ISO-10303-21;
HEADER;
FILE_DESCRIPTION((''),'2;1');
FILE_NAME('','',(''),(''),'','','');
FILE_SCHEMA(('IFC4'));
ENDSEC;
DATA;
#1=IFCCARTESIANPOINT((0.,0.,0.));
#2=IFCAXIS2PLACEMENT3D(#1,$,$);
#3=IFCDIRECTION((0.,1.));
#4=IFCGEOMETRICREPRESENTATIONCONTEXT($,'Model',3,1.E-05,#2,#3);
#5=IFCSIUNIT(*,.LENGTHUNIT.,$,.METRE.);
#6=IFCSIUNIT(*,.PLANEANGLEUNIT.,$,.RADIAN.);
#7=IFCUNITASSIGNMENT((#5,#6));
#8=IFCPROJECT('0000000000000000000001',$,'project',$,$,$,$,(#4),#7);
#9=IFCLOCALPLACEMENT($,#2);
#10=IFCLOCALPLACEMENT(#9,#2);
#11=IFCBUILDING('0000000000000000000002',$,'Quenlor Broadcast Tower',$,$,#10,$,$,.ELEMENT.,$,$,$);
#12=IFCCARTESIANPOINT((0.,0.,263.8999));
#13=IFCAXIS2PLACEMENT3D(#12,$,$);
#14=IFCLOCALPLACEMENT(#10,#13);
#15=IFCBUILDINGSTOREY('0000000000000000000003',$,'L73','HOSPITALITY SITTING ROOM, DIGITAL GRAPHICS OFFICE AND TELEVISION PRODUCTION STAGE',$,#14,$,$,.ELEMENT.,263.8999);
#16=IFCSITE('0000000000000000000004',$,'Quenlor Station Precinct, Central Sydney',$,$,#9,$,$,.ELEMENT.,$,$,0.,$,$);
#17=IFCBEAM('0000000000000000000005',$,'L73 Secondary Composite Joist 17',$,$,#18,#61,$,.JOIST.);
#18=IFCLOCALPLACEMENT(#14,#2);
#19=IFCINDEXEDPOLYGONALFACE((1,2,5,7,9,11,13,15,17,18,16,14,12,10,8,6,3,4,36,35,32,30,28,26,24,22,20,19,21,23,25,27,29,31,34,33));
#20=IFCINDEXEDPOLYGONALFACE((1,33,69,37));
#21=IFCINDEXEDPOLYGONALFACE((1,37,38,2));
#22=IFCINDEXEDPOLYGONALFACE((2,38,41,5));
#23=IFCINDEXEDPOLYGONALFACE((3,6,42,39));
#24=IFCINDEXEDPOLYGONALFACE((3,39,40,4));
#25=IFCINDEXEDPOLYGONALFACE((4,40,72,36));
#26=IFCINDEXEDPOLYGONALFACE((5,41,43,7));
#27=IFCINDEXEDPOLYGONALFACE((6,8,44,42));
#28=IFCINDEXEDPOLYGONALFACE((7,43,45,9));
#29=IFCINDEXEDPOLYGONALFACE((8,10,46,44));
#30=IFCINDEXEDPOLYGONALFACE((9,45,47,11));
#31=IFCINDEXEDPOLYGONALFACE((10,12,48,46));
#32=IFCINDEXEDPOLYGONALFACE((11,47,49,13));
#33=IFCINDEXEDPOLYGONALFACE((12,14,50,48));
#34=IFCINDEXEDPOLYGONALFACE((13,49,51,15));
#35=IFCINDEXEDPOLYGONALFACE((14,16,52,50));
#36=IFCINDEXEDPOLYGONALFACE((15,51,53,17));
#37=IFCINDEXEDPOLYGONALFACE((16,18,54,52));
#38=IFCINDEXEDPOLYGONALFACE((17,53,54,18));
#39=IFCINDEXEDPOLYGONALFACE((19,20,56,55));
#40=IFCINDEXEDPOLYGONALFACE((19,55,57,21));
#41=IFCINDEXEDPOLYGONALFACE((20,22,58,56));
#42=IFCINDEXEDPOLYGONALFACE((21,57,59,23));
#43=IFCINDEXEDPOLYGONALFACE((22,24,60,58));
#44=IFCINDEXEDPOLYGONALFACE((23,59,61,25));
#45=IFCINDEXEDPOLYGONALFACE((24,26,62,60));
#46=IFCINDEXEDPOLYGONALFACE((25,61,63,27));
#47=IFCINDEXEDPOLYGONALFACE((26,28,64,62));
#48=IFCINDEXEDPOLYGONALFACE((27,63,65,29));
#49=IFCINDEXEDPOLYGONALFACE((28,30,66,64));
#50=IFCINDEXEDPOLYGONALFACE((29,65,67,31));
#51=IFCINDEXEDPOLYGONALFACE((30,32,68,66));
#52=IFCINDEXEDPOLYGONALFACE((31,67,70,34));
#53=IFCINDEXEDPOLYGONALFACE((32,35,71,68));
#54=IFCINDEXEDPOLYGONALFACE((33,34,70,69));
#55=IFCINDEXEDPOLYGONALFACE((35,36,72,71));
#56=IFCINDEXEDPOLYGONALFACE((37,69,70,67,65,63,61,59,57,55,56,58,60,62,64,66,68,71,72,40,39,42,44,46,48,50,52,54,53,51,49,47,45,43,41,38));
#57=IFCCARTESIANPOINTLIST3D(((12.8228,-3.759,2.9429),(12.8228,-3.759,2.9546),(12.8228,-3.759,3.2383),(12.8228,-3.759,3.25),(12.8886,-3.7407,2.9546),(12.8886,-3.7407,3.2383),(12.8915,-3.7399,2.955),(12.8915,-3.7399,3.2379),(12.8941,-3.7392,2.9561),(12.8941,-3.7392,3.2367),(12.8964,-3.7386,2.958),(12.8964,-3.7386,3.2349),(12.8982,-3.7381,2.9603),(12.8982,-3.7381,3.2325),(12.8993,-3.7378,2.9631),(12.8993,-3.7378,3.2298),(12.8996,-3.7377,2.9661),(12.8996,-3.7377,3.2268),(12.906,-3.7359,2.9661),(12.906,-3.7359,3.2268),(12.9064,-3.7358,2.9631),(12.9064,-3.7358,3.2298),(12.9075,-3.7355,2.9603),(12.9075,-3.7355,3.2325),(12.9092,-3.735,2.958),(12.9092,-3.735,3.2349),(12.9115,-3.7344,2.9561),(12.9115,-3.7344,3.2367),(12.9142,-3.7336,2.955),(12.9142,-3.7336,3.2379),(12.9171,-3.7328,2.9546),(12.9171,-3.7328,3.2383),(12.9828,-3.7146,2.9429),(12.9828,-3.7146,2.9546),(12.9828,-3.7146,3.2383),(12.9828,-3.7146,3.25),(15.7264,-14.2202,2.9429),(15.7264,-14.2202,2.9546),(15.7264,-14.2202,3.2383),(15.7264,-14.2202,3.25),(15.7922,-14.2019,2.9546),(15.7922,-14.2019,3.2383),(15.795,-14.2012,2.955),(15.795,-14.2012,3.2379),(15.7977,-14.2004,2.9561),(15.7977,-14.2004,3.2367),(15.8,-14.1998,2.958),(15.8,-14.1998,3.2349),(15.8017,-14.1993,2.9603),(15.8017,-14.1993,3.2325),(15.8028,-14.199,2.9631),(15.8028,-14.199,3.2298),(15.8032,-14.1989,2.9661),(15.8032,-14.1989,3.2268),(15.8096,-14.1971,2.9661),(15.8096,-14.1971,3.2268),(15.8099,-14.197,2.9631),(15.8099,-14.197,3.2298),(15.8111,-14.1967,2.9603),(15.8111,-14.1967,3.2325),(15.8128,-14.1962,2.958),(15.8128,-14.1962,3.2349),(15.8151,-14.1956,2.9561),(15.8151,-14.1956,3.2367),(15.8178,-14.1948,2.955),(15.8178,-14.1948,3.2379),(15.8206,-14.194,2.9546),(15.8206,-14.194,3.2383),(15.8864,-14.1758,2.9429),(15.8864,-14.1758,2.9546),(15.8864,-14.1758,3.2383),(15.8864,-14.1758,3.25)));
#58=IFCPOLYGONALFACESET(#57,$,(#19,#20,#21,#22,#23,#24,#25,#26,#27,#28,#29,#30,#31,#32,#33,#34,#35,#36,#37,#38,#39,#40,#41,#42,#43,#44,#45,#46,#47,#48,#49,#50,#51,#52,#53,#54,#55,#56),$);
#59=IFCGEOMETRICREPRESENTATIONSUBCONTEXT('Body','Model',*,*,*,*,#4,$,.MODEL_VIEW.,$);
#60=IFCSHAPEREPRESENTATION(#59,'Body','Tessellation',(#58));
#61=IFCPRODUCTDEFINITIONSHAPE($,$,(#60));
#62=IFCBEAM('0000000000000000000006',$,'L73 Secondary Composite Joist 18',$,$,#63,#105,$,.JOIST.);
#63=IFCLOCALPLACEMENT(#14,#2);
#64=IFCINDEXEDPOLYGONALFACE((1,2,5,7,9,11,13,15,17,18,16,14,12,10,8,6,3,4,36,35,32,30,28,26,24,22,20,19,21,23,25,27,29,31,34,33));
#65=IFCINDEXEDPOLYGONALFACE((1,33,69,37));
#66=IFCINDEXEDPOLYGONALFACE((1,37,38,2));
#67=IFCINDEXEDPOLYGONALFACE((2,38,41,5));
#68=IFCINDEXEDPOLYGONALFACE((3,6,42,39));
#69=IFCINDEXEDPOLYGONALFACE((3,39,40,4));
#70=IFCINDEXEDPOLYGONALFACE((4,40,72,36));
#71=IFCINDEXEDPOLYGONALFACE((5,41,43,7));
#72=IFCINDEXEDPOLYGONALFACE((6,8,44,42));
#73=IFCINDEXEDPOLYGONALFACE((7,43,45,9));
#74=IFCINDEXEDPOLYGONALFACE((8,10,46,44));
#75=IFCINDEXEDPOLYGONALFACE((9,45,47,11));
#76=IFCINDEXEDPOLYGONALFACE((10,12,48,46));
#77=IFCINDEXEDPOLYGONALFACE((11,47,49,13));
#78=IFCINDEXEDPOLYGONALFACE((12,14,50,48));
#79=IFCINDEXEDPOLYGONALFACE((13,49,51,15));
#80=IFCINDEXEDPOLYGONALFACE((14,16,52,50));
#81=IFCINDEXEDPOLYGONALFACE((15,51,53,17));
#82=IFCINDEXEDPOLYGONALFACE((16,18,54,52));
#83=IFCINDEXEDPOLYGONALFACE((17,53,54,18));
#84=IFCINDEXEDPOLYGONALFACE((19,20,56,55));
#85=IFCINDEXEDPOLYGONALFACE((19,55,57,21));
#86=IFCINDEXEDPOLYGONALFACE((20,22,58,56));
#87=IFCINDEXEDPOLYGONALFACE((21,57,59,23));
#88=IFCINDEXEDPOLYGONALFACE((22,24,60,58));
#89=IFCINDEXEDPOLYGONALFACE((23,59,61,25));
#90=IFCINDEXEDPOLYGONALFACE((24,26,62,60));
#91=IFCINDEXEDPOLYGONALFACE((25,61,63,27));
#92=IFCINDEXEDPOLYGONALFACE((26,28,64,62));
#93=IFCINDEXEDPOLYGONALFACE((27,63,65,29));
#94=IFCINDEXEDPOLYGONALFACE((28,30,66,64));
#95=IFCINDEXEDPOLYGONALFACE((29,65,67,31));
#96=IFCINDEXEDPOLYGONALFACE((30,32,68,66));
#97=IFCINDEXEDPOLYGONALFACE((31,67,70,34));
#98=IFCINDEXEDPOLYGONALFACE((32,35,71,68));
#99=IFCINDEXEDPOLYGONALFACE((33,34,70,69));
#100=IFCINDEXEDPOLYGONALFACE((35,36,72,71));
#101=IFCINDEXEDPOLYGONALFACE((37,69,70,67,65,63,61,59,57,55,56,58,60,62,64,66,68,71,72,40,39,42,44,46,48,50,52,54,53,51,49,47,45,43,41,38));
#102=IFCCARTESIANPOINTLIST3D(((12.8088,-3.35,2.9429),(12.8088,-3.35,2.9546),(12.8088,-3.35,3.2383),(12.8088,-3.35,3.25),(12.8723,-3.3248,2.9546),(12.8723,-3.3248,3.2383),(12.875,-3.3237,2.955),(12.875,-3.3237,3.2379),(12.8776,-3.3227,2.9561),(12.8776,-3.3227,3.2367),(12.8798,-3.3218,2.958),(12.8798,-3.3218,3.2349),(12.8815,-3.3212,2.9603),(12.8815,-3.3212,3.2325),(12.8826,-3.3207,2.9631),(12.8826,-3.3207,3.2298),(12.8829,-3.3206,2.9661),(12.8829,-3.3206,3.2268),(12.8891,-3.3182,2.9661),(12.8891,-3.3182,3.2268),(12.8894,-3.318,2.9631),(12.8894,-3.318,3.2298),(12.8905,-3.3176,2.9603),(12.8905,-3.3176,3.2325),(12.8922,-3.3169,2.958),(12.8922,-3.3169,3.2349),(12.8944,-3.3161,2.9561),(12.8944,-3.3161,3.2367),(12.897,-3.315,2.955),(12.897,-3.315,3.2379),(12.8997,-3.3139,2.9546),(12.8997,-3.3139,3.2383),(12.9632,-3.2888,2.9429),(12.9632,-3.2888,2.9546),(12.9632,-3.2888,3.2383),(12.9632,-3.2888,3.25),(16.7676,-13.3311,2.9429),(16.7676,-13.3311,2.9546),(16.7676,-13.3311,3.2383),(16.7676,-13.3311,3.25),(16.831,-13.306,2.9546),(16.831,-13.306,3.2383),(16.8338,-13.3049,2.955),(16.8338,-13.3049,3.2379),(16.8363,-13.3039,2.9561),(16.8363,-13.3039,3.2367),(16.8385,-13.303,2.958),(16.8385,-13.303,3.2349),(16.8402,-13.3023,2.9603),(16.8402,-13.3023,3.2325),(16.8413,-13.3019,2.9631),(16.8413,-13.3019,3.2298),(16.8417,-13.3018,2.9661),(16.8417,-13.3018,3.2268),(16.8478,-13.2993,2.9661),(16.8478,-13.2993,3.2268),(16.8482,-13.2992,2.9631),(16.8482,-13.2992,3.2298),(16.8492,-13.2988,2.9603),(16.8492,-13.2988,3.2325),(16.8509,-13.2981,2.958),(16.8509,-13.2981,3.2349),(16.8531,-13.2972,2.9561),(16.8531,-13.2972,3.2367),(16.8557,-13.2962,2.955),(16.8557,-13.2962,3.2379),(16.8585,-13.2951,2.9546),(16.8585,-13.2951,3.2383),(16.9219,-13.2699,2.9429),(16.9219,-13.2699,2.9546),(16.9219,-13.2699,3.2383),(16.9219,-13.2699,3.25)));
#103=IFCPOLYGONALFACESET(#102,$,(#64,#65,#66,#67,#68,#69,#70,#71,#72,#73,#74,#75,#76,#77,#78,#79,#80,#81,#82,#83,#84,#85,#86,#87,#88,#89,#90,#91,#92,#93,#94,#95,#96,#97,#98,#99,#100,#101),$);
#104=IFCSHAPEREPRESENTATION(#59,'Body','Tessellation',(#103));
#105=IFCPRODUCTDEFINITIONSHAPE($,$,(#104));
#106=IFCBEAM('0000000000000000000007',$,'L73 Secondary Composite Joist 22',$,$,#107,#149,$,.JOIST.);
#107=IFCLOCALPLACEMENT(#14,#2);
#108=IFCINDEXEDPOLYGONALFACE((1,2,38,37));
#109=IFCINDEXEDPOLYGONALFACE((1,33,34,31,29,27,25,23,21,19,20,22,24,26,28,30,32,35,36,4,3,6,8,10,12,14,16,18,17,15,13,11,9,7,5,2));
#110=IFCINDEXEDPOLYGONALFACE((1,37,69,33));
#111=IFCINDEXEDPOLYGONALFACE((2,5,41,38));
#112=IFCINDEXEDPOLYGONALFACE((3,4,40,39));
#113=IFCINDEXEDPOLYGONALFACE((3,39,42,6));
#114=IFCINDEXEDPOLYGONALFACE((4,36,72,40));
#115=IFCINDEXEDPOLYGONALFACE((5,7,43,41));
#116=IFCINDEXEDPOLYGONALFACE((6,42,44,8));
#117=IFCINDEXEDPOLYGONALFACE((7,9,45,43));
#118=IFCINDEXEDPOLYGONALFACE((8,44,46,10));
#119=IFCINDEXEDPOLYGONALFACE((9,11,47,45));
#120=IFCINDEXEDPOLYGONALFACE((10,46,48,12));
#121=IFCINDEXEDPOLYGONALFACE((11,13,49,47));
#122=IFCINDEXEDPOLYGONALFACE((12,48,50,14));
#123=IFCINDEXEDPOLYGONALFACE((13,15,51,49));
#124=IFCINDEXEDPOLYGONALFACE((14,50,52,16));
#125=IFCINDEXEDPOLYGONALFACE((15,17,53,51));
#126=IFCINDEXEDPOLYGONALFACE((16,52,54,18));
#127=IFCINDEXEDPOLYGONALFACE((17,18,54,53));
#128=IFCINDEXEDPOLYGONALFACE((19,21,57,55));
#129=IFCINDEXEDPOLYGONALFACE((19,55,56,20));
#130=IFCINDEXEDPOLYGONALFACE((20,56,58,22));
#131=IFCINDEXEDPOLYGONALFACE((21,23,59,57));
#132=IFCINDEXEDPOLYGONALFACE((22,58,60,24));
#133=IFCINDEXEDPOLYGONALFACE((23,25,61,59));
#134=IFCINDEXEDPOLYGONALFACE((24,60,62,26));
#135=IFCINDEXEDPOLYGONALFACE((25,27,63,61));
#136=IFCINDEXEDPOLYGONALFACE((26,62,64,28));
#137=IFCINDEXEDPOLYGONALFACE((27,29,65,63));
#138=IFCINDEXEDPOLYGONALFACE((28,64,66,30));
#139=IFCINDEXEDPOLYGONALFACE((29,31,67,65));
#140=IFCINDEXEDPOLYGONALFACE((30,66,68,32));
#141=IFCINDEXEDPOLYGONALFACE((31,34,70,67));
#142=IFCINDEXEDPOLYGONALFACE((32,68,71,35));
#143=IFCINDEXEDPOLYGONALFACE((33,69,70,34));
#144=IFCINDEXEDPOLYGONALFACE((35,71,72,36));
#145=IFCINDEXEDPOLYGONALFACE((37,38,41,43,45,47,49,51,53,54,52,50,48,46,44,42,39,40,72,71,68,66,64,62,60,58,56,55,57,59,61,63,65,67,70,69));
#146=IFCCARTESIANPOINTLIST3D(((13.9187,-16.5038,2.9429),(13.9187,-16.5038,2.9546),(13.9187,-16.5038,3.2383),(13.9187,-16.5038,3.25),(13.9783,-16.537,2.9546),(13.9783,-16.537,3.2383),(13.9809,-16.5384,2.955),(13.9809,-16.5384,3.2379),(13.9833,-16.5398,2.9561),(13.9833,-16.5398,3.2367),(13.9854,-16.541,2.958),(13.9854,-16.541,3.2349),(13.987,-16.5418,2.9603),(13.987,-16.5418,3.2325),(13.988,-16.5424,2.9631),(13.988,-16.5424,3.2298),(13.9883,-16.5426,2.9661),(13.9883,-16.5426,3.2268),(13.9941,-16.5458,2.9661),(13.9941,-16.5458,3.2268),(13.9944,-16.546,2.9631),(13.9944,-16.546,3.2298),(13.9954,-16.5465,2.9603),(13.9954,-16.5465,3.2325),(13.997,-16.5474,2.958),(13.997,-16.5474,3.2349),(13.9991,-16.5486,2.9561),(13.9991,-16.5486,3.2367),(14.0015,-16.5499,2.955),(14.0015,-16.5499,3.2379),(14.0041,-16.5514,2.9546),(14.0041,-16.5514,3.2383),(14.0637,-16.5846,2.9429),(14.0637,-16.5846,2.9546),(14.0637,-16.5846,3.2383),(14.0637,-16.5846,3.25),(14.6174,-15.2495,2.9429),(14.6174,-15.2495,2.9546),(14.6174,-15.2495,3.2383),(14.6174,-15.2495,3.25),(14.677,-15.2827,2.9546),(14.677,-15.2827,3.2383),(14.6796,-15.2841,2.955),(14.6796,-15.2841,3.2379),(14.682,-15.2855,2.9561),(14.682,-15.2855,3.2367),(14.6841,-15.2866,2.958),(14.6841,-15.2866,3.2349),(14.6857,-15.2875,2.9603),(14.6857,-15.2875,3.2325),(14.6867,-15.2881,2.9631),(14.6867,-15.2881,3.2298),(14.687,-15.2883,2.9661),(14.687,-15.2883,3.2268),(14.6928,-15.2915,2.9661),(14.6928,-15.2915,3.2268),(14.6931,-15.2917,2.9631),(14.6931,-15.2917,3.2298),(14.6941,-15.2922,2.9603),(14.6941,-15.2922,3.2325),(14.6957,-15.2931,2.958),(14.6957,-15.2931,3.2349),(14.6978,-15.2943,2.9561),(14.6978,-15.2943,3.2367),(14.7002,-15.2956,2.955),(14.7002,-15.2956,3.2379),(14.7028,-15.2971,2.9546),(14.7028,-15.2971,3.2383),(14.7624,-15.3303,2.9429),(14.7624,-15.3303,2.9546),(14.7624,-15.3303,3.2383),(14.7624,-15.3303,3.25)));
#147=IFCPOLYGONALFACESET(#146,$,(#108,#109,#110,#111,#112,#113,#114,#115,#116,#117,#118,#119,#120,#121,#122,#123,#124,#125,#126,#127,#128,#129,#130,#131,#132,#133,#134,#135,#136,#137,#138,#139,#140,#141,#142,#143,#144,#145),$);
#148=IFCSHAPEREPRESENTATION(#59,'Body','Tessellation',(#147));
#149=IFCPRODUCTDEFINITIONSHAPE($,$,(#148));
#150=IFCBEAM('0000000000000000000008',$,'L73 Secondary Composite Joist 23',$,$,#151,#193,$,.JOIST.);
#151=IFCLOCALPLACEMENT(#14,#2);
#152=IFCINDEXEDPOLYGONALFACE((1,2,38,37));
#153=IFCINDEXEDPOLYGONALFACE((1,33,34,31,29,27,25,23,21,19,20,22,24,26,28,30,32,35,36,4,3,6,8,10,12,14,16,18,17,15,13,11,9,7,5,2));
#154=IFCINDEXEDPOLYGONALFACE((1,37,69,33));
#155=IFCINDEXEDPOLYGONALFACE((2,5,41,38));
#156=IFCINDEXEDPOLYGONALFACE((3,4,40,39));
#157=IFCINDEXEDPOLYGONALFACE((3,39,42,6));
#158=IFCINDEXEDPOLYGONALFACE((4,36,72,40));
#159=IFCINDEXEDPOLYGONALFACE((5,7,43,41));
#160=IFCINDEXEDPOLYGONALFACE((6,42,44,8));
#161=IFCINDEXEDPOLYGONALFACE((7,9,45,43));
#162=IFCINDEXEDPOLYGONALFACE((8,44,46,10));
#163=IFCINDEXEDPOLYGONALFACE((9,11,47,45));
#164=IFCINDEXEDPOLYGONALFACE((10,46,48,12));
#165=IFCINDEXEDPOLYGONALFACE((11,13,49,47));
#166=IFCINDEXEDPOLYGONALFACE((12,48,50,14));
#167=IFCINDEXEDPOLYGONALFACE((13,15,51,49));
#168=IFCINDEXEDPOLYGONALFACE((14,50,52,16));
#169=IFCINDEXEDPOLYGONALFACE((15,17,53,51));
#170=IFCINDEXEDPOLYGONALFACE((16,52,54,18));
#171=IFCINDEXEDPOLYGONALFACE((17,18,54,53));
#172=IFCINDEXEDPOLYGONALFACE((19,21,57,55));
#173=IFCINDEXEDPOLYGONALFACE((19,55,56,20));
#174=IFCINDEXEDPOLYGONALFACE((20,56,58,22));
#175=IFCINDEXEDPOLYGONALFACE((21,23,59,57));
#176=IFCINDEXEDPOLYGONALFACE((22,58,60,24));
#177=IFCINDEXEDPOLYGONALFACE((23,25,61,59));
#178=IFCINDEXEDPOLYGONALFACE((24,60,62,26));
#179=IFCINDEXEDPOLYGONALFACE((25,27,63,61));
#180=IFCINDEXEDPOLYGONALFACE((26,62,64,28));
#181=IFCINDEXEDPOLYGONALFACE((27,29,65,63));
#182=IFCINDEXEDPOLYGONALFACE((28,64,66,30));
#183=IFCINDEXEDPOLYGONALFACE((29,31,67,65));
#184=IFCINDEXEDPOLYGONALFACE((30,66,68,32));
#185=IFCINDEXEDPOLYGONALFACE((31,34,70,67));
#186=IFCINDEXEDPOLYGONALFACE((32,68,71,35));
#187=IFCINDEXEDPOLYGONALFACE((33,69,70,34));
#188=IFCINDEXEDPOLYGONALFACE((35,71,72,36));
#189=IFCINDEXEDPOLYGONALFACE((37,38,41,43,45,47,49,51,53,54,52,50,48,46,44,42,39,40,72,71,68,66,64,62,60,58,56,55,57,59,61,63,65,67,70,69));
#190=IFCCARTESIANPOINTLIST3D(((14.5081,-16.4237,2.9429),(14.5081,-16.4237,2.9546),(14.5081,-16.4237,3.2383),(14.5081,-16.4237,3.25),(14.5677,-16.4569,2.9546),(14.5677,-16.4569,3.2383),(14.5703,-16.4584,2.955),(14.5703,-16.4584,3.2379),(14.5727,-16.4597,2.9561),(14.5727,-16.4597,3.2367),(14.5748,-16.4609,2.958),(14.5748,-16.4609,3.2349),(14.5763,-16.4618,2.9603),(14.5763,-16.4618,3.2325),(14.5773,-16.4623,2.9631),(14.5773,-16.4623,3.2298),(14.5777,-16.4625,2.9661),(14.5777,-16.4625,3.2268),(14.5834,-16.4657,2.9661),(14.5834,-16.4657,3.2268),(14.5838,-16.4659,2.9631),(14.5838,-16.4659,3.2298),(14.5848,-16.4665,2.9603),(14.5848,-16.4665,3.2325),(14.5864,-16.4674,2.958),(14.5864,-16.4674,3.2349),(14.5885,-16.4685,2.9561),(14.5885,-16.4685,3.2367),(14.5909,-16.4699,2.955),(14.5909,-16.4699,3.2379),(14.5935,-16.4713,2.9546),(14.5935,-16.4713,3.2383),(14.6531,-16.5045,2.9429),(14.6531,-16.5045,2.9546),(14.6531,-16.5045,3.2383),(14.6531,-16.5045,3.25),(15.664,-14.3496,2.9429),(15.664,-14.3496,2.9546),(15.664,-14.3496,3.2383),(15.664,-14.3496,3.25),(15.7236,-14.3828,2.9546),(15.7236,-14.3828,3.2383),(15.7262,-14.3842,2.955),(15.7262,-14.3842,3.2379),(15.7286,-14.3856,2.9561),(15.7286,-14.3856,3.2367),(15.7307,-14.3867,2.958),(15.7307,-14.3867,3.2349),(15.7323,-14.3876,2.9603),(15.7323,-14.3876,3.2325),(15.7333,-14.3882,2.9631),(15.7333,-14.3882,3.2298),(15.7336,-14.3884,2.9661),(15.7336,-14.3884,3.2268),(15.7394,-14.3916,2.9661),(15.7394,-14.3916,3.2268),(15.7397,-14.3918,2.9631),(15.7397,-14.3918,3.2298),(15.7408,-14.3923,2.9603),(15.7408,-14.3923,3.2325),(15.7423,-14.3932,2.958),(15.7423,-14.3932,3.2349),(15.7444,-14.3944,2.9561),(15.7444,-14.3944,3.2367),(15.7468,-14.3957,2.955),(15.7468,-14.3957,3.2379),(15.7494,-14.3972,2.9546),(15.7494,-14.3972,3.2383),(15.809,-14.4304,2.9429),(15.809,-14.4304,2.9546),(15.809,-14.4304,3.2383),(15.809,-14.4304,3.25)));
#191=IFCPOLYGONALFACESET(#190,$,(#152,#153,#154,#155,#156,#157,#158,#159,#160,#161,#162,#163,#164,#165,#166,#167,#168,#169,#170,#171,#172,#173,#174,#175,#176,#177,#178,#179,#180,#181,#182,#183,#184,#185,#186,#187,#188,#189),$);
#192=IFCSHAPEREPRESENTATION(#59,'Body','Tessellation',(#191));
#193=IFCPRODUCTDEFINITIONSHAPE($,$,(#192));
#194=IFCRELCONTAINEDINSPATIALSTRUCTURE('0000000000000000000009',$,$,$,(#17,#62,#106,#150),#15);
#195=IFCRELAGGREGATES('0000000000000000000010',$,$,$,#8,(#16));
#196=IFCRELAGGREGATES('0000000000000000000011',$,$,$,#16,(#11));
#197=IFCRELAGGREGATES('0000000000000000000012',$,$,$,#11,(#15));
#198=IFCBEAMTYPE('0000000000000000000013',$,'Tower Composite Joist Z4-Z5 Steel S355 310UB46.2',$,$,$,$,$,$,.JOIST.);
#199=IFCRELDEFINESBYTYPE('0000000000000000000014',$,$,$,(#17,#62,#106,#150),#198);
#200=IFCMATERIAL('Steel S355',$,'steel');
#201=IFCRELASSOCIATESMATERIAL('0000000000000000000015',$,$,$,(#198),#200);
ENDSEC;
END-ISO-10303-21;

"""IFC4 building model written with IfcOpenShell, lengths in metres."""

from ifc_helpers import new_model, si_unit, direction, frame, origin, origin_2d, place, context, subcontext, project, spatial, i_section, extrude, material, material_profile, profile_set, type_object, element, save


model = new_model("IFC4")

# Units and contexts
model_context = context("Model", 3, precision=1e-05, world=origin(), true_north=direction((0.0, 1.0)))
body_context = subcontext(model_context, "Body", "Model", "MODEL_VIEW")
ifc_project = project(units=[si_unit("LENGTHUNIT", "METRE"), si_unit("PLANEANGLEUNIT", "RADIAN")], contexts=[model_context])

# Site, building, storey
site_placement = place(None, origin())
site = spatial("IfcSite", under=ifc_project, at=site_placement, Name="Quenlor Station Precinct, Central Sydney", CompositionType="ELEMENT", RefElevation=0.0)
building_placement = place(site_placement, origin())
building = spatial("IfcBuilding", under=site, at=building_placement, Name="Quenlor Broadcast Tower", CompositionType="ELEMENT")
storey_placement = place(building_placement, frame((0.0, 0.0, 263.8999)))
storey = spatial("IfcBuildingStorey", under=building, at=storey_placement, Name="L73", Description="HOSPITALITY SITTING ROOM, DIGITAL GRAPHICS OFFICE AND TELEVISION PRODUCTION STAGE", CompositionType="ELEMENT", Elevation=263.8999)

# Beams
ifc_material_1 = material(Name="Steel S355", Category="steel")
ifc_material_profile_1 = material_profile(ifc_material_1, i_section(OverallWidth=0.166, OverallDepth=0.3071, WebThickness=0.0066, FlangeThickness=0.0117, FilletRadius=0.0115, at=origin_2d()))
ifc_profile_set_1 = profile_set([ifc_material_profile_1], Name="Steel S355 310UB46.2")
beam_type_1 = type_object("IfcBeamType", Name="Tower Composite Joist Z4-Z5 Steel S355 310UB46.2", PredefinedType="JOIST", material=ifc_profile_set_1)
beam_1_placement = place(storey_placement, frame((15.8064, -14.198, 3.0964), z_axis=(-0.267446, 0.963573, 0.0), x_axis=(-0.963573, -0.267446, 0.0)))
element("IfcBeam", 1, at=beam_1_placement, inside=storey, type_object=beam_type_1, Name="L73 Secondary Composite Joist 17", PredefinedType="JOIST", context=body_context, shape_type="SweptSolid", body=[
    extrude(i_section(OverallWidth=0.166, OverallDepth=0.3071, WebThickness=0.0066, FlangeThickness=0.0117, FilletRadius=0.0115, at=origin_2d()), origin(), (0.0, 0.0, 1.0), 10.8567),
])
beam_2_placement = place(storey_placement, frame((16.8447, -13.3005, 3.0964), z_axis=(-0.36868, 0.929556, 0.0), x_axis=(-0.929556, -0.36868, 0.0)))
element("IfcBeam", 2, at=beam_2_placement, inside=storey, type_object=beam_type_1, Name="L73 Secondary Composite Joist 18", PredefinedType="JOIST", context=body_context, shape_type="SweptSolid", body=[
    extrude(i_section(OverallWidth=0.166, OverallDepth=0.3071, WebThickness=0.0066, FlangeThickness=0.0117, FilletRadius=0.0115, at=origin_2d()), origin(), (0.0, 0.0, 1.0), 10.7375),
])
beam_3_placement = place(storey_placement, frame((13.9912, -16.5442, 3.0964), z_axis=(0.486624, 0.873611, 0.0), x_axis=(-0.873611, 0.486624, 0.0)))
element("IfcBeam", 3, at=beam_3_placement, inside=storey, type_object=beam_type_1, Name="L73 Secondary Composite Joist 22", PredefinedType="JOIST", context=body_context, shape_type="SweptSolid", body=[
    extrude(i_section(OverallWidth=0.166, OverallDepth=0.3071, WebThickness=0.0066, FlangeThickness=0.0117, FilletRadius=0.0115, at=origin_2d()), origin(), (0.0, 0.0, 1.0), 1.4358),
])
beam_4_placement = place(storey_placement, frame((14.5806, -16.4641, 3.0964), z_axis=(0.486821, 0.873502, 0.0), x_axis=(-0.873502, 0.486821, 0.0)))
element("IfcBeam", 4, at=beam_4_placement, inside=storey, type_object=beam_type_1, Name="L73 Secondary Composite Joist 23", PredefinedType="JOIST", context=body_context, shape_type="SweptSolid", body=[
    extrude(i_section(OverallWidth=0.166, OverallDepth=0.3071, WebThickness=0.0066, FlangeThickness=0.0117, FilletRadius=0.0115, at=origin_2d()), origin(), (0.0, 0.0, 1.0), 2.3745),
])

save(model, "model.ifc")
